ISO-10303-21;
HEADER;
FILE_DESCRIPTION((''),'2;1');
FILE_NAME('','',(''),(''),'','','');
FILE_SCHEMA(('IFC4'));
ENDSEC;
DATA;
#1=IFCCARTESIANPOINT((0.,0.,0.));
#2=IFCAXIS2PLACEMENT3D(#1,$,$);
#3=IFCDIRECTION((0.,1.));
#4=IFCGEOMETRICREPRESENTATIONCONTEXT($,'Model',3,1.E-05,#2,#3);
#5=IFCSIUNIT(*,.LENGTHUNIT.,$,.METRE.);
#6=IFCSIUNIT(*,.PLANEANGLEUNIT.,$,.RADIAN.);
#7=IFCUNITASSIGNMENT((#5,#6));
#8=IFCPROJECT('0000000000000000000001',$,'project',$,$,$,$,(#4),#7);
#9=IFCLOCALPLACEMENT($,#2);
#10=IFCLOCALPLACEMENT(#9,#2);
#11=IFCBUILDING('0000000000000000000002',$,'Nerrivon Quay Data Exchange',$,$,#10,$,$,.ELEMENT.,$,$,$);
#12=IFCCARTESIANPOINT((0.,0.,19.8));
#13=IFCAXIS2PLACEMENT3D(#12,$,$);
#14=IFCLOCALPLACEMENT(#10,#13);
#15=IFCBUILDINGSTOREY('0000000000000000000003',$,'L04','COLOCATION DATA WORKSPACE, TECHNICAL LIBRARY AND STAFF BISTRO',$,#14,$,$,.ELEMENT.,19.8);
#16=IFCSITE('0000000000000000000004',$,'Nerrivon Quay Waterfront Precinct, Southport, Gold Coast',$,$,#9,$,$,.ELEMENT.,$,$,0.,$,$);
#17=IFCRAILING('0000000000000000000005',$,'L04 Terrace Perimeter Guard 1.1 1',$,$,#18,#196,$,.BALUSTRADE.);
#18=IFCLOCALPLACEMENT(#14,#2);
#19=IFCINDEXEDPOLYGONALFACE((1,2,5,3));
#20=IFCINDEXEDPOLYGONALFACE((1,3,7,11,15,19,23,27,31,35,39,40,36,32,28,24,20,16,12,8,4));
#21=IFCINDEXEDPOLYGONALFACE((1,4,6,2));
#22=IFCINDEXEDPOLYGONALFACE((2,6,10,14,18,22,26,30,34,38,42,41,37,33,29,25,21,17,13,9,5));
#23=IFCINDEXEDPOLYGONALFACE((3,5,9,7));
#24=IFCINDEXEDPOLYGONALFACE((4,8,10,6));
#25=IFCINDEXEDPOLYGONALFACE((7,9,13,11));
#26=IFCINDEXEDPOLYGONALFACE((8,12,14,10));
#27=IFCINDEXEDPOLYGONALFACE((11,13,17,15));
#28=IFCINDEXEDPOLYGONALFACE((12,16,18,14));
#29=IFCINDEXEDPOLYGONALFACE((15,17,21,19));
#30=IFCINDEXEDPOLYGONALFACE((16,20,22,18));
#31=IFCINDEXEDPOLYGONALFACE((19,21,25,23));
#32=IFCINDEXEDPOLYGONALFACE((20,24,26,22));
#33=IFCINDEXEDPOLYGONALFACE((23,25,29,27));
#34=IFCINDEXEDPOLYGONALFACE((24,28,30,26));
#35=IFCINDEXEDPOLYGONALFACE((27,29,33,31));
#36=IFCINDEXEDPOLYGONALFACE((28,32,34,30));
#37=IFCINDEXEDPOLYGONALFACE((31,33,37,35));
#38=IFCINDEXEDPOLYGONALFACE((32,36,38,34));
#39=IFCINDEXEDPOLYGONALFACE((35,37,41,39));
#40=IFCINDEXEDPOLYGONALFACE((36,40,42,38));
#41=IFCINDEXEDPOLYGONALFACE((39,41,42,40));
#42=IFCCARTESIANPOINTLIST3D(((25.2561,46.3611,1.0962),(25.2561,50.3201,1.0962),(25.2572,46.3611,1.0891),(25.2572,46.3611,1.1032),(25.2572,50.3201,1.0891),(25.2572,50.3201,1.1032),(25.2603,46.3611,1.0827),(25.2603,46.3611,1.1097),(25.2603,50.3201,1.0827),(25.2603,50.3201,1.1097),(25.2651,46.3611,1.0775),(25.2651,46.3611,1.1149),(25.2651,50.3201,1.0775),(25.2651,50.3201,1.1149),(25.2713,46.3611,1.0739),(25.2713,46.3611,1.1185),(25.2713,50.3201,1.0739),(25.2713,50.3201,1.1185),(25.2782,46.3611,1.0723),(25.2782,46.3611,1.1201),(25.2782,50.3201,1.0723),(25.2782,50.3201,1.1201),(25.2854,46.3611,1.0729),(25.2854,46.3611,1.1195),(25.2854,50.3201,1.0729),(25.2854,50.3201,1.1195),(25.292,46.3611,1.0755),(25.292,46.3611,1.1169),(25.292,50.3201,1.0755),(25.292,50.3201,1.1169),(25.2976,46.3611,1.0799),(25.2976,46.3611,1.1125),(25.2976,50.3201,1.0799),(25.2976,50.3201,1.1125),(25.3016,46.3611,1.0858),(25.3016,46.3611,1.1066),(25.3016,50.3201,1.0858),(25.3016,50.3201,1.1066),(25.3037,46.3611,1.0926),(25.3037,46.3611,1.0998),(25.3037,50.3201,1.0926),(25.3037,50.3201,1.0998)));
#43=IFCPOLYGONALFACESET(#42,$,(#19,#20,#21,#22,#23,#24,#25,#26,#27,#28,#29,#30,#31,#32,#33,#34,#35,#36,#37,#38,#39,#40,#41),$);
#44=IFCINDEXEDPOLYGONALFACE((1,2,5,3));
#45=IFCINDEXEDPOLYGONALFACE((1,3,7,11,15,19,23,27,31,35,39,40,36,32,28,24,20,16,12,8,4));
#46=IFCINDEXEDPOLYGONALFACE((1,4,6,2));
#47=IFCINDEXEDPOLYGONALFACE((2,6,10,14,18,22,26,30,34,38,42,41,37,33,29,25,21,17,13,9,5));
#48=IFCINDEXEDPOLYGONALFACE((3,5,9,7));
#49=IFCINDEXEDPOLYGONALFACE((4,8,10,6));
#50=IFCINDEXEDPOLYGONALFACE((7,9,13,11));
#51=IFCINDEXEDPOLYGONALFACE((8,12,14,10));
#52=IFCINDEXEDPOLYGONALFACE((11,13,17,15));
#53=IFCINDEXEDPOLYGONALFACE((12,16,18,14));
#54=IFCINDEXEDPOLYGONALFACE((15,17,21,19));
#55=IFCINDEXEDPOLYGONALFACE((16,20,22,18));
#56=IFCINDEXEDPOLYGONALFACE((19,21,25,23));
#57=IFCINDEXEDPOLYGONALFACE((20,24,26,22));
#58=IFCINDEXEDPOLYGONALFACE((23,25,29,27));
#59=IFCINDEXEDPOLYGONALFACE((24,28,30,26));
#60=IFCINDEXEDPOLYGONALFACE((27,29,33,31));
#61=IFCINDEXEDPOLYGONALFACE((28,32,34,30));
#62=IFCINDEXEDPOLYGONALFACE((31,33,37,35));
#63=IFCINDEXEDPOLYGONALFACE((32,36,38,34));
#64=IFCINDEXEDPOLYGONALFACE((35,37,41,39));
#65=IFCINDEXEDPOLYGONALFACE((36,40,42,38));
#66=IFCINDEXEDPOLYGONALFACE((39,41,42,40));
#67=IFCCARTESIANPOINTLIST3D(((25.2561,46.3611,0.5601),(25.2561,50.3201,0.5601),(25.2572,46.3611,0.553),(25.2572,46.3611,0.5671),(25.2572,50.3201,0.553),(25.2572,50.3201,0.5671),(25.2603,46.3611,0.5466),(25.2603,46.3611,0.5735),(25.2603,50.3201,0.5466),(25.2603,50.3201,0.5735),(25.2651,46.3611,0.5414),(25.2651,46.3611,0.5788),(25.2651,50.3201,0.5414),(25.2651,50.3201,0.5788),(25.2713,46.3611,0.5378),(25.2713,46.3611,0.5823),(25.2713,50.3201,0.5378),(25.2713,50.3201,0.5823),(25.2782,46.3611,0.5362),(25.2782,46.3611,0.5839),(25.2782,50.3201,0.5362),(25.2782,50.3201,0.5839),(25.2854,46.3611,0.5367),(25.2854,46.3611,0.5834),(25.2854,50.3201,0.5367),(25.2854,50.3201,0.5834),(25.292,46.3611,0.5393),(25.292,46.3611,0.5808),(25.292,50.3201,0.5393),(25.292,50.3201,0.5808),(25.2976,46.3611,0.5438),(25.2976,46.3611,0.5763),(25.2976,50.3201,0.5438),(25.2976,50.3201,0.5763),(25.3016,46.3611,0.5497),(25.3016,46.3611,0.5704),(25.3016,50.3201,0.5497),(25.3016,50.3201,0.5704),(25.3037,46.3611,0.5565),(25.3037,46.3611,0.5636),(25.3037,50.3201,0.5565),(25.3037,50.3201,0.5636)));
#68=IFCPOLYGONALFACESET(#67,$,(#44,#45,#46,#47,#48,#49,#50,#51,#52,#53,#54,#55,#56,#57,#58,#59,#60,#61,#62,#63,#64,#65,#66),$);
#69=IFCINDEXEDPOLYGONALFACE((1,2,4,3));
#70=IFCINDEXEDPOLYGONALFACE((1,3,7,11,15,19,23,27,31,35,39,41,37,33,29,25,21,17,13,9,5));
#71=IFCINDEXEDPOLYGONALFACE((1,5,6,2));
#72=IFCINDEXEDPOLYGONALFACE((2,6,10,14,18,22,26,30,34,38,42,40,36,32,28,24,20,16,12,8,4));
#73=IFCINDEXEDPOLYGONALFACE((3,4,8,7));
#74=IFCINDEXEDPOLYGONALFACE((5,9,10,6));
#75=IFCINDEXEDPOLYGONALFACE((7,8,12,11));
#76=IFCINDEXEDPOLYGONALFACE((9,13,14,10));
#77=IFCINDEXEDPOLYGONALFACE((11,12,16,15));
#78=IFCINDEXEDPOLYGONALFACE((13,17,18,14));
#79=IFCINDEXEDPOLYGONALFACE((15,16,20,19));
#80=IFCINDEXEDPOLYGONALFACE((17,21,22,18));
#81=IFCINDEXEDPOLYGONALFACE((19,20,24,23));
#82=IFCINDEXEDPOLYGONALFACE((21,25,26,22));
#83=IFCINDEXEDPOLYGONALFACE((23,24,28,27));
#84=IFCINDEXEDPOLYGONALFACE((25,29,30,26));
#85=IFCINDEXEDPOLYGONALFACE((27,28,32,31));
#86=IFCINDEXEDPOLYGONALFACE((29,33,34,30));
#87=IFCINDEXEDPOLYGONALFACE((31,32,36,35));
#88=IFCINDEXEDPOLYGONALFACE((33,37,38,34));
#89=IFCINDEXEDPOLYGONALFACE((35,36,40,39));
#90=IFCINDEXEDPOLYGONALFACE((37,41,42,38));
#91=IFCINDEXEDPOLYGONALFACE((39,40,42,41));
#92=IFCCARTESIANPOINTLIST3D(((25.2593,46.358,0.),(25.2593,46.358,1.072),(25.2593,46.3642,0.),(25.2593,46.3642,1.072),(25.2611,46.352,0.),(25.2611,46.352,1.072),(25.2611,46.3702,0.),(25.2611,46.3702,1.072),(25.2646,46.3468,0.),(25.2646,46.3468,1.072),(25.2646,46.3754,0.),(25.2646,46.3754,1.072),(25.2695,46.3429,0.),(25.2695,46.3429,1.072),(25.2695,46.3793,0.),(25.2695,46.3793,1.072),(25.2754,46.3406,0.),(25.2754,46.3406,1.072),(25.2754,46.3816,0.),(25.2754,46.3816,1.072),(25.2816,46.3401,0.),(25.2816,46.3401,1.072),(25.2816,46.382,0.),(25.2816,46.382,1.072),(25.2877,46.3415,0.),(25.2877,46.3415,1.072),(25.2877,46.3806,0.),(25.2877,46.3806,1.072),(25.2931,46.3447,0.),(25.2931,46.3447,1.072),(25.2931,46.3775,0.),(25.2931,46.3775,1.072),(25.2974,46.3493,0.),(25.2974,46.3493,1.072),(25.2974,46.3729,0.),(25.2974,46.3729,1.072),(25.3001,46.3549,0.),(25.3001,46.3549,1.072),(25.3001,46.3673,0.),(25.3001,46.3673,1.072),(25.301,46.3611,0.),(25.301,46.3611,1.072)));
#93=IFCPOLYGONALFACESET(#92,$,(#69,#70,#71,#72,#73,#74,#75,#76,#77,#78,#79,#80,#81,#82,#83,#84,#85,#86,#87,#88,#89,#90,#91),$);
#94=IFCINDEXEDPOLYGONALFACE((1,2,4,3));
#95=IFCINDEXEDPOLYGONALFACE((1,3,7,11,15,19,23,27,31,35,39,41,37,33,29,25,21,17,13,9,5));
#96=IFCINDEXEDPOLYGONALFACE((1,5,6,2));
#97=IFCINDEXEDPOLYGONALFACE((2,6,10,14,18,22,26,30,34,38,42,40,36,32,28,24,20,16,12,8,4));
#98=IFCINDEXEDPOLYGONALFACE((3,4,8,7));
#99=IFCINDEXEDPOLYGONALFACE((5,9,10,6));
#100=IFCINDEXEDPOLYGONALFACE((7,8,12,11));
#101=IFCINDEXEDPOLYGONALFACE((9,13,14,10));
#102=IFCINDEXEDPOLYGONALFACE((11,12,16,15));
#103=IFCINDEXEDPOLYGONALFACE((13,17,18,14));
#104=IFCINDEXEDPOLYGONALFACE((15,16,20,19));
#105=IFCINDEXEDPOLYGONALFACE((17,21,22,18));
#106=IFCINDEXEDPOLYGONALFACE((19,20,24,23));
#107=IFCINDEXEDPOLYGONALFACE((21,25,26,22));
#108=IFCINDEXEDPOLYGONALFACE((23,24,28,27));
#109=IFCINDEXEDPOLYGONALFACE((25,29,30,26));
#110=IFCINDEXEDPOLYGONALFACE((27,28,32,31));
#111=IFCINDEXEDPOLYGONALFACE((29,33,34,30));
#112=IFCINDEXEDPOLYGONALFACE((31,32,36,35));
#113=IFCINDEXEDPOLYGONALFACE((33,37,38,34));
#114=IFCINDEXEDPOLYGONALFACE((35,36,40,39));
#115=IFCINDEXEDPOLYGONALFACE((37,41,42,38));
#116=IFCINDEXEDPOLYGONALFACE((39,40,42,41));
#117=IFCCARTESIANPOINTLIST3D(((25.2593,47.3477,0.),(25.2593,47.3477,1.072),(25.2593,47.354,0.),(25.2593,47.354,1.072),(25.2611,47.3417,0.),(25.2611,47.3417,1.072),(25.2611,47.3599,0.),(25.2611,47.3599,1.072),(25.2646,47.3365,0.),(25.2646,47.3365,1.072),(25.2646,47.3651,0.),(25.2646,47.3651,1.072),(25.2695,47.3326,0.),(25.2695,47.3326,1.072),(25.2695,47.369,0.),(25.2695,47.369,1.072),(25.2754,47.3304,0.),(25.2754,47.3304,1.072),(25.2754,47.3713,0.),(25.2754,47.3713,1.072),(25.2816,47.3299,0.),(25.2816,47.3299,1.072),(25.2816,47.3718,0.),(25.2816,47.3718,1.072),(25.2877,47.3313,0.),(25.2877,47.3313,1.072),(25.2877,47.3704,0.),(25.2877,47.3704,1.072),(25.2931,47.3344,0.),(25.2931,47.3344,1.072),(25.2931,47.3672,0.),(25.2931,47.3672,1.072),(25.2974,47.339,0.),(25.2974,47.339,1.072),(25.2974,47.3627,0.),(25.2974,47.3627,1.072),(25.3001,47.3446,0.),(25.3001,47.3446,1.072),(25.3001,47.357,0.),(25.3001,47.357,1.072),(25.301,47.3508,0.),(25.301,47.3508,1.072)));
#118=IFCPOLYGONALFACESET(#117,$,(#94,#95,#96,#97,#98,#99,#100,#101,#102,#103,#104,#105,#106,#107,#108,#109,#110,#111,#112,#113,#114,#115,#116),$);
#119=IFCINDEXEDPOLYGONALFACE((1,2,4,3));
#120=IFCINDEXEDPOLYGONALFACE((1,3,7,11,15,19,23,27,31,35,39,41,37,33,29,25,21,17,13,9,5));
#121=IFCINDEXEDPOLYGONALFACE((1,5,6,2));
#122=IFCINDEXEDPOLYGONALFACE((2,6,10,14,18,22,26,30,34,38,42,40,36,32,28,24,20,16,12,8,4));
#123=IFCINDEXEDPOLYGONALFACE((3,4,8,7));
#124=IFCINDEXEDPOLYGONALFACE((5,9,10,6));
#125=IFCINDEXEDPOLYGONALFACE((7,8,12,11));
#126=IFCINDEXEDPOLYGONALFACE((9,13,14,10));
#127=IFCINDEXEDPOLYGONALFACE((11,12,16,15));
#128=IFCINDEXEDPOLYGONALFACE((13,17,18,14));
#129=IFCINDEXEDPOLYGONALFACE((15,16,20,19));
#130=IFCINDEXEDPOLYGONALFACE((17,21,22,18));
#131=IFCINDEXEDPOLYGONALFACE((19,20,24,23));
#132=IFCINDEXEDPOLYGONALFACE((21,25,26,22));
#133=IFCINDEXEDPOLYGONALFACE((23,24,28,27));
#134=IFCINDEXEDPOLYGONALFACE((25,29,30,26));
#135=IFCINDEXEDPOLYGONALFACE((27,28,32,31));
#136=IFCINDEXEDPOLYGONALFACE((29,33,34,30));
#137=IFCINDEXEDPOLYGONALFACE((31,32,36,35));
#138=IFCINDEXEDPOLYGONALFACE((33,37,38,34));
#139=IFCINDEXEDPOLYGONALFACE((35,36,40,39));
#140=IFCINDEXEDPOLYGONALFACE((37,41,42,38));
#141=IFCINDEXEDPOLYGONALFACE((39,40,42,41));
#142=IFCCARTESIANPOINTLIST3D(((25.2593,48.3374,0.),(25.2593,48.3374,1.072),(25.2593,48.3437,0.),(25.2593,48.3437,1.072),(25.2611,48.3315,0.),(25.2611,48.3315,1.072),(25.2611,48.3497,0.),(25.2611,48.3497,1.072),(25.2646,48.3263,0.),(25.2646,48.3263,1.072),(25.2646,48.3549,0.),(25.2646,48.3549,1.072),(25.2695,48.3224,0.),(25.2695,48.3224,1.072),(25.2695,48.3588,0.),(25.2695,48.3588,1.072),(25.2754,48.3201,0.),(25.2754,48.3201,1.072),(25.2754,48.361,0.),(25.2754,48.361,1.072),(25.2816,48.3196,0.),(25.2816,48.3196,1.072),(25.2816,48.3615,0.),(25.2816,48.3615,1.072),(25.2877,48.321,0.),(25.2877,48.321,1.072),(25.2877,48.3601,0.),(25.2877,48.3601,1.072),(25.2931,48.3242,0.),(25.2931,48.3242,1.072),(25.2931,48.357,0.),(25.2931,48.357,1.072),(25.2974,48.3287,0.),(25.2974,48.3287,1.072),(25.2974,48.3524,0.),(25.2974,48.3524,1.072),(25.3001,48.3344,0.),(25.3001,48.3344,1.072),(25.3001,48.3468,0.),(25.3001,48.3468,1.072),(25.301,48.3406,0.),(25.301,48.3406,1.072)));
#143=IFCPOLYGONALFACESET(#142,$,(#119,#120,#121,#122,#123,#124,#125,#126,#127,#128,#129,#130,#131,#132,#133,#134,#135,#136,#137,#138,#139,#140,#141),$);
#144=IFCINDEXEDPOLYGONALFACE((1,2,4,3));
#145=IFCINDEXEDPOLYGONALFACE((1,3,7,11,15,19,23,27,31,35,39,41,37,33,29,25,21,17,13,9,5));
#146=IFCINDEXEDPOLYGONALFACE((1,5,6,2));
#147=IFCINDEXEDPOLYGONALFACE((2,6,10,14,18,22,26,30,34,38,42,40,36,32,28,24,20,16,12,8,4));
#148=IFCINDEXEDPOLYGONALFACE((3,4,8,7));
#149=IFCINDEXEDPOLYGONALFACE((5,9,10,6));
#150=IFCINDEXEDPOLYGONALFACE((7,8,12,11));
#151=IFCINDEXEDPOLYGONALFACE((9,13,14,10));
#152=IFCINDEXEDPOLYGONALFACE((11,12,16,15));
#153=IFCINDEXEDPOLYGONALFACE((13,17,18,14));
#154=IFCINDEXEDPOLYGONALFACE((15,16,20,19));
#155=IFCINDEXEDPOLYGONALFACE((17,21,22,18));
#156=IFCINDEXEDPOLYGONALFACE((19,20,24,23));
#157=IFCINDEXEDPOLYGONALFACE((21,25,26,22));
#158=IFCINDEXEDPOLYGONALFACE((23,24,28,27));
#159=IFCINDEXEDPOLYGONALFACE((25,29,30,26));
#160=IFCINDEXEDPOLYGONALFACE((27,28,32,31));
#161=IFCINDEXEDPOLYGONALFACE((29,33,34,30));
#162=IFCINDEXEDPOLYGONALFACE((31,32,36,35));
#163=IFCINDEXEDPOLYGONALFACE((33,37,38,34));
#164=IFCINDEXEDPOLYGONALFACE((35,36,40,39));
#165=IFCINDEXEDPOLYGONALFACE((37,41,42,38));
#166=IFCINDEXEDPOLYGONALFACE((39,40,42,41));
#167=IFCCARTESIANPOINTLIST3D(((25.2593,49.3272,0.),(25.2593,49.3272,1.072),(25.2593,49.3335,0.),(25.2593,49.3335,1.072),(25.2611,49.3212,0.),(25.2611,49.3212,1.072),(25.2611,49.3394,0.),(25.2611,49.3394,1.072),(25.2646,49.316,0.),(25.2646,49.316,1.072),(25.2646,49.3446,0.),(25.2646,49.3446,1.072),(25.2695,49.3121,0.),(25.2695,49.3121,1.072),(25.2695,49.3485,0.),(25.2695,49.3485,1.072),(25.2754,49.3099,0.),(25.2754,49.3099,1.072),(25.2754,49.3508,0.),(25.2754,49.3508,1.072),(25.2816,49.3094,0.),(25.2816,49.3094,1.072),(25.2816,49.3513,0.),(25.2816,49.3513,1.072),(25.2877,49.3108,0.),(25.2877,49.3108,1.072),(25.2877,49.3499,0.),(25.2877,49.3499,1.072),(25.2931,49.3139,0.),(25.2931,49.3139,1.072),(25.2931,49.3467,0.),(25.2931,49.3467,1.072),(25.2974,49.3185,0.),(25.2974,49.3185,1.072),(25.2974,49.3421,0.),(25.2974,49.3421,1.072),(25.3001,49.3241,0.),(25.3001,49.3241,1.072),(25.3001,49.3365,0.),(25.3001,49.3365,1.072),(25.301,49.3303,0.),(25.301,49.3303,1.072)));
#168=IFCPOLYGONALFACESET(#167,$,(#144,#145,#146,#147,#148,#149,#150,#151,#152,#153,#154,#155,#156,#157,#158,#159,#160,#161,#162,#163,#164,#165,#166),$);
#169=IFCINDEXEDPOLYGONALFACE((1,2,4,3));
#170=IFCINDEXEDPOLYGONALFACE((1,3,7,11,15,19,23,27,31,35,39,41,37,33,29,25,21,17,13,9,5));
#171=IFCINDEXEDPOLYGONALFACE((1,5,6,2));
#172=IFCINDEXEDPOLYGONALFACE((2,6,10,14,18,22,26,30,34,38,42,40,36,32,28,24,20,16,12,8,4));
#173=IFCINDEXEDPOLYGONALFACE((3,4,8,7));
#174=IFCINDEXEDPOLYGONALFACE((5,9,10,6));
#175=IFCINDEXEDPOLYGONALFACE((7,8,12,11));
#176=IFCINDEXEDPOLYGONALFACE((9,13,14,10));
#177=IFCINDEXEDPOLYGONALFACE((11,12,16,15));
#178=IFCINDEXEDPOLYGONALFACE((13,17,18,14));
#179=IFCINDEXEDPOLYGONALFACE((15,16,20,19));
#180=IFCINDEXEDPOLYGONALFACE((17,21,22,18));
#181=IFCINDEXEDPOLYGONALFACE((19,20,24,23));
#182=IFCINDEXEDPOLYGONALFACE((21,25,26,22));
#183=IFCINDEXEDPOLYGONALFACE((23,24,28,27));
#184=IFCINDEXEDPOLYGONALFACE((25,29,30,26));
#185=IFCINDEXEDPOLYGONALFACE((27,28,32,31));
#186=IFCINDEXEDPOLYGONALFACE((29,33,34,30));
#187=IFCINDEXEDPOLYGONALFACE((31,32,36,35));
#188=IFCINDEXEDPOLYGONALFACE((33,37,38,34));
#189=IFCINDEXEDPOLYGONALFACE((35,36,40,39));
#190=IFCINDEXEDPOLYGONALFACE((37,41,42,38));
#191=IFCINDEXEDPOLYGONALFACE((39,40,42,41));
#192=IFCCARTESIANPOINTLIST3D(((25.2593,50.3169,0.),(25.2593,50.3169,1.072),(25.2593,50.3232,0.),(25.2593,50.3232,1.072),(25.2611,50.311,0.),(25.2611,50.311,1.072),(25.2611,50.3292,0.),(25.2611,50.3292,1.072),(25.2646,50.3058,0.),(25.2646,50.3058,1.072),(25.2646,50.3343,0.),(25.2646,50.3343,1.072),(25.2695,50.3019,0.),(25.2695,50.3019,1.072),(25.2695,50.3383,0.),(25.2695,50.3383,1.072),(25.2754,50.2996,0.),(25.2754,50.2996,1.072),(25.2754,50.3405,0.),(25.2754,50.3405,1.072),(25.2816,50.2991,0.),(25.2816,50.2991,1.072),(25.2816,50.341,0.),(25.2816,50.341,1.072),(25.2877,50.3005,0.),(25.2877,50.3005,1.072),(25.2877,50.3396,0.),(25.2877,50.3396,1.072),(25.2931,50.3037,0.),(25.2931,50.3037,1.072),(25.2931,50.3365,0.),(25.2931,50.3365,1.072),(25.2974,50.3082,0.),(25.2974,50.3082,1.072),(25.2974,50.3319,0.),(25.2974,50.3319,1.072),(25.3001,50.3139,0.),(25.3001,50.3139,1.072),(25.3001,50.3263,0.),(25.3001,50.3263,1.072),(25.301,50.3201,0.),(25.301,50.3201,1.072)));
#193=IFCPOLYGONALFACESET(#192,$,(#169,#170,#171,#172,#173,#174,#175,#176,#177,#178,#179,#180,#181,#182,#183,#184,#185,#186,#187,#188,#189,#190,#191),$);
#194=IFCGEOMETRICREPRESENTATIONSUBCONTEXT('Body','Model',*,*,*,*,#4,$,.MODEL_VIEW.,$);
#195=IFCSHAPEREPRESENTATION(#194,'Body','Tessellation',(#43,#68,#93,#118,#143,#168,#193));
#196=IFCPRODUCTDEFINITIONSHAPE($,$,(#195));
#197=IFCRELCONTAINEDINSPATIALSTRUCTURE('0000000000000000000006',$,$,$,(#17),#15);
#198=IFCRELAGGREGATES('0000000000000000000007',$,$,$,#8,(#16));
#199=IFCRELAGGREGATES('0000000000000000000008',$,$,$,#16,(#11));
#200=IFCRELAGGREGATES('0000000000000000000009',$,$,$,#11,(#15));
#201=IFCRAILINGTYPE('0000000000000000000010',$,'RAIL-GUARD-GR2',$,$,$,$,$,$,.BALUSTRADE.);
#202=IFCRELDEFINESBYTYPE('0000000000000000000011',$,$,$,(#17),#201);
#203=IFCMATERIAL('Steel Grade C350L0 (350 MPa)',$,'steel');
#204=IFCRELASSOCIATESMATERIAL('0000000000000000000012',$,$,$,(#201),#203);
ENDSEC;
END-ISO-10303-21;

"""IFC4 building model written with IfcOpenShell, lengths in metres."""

from ifc_helpers import new_model, si_unit, direction, frame, origin, origin_2d, place, context, subcontext, project, spatial, circle, extrude, material, type_object, element, save


model = new_model("IFC4")

# Units and contexts
model_context = context("Model", 3, precision=1e-05, world=origin(), true_north=direction((0.0, 1.0)))
body_context = subcontext(model_context, "Body", "Model", "MODEL_VIEW")
ifc_project = project(units=[si_unit("LENGTHUNIT", "METRE"), si_unit("PLANEANGLEUNIT", "RADIAN")], contexts=[model_context])

# Site, building, storey
site_placement = place(None, origin())
site = spatial("IfcSite", under=ifc_project, at=site_placement, Name="Nerrivon Quay Waterfront Precinct, Southport, Gold Coast", CompositionType="ELEMENT", RefElevation=0.0)
building_placement = place(site_placement, origin())
building = spatial("IfcBuilding", under=site, at=building_placement, Name="Nerrivon Quay Data Exchange", CompositionType="ELEMENT")
storey_placement = place(building_placement, frame((0.0, 0.0, 19.8)))
storey = spatial("IfcBuildingStorey", under=building, at=storey_placement, Name="L04", Description="COLOCATION DATA WORKSPACE, TECHNICAL LIBRARY AND STAFF BISTRO", CompositionType="ELEMENT", Elevation=19.8)

# Railing
ifc_material_1 = material(Name="Steel Grade C350L0 (350 MPa)", Category="steel")
railing_type = type_object("IfcRailingType", Name="RAIL-GUARD-GR2", PredefinedType="BALUSTRADE", material=ifc_material_1)
railing_1_placement = place(storey_placement, frame((25.28, 46.3611, 0.0)))
element("IfcRailing", 1, at=railing_1_placement, inside=storey, type_object=railing_type, Name="L04 Terrace Perimeter Guard 1.1 1", PredefinedType="BALUSTRADE", context=body_context, shape_type="SweptSolid", body=[
    extrude(circle(Radius=0.0239, at=origin_2d()), frame((0.0, 0.0, 1.0962), z_axis=(0.0, 1.0, 0.0), x_axis=(-1.0, 0.0, 0.0)), (0.0, 0.0, 1.0), 3.959),
    extrude(circle(Radius=0.0239, at=origin_2d()), frame((0.0, 0.0, 0.5601), z_axis=(0.0, 1.0, 0.0), x_axis=(-1.0, 0.0, 0.0)), (0.0, 0.0, 1.0), 3.959),
    extrude(circle(Radius=0.021, at=origin_2d()), origin(), (0.0, 0.0, 1.0), 1.072),
    extrude(circle(Radius=0.021, at=origin_2d()), frame((0.0, 0.9897, 0.0)), (0.0, 0.0, 1.0), 1.072),
    extrude(circle(Radius=0.021, at=origin_2d()), frame((0.0, 1.9795, 0.0)), (0.0, 0.0, 1.0), 1.072),
    extrude(circle(Radius=0.021, at=origin_2d()), frame((0.0, 2.9692, 0.0)), (0.0, 0.0, 1.0), 1.072),
    extrude(circle(Radius=0.021, at=origin_2d()), frame((0.0, 3.959, 0.0)), (0.0, 0.0, 1.0), 1.072),
])

save(model, "model.ifc")
